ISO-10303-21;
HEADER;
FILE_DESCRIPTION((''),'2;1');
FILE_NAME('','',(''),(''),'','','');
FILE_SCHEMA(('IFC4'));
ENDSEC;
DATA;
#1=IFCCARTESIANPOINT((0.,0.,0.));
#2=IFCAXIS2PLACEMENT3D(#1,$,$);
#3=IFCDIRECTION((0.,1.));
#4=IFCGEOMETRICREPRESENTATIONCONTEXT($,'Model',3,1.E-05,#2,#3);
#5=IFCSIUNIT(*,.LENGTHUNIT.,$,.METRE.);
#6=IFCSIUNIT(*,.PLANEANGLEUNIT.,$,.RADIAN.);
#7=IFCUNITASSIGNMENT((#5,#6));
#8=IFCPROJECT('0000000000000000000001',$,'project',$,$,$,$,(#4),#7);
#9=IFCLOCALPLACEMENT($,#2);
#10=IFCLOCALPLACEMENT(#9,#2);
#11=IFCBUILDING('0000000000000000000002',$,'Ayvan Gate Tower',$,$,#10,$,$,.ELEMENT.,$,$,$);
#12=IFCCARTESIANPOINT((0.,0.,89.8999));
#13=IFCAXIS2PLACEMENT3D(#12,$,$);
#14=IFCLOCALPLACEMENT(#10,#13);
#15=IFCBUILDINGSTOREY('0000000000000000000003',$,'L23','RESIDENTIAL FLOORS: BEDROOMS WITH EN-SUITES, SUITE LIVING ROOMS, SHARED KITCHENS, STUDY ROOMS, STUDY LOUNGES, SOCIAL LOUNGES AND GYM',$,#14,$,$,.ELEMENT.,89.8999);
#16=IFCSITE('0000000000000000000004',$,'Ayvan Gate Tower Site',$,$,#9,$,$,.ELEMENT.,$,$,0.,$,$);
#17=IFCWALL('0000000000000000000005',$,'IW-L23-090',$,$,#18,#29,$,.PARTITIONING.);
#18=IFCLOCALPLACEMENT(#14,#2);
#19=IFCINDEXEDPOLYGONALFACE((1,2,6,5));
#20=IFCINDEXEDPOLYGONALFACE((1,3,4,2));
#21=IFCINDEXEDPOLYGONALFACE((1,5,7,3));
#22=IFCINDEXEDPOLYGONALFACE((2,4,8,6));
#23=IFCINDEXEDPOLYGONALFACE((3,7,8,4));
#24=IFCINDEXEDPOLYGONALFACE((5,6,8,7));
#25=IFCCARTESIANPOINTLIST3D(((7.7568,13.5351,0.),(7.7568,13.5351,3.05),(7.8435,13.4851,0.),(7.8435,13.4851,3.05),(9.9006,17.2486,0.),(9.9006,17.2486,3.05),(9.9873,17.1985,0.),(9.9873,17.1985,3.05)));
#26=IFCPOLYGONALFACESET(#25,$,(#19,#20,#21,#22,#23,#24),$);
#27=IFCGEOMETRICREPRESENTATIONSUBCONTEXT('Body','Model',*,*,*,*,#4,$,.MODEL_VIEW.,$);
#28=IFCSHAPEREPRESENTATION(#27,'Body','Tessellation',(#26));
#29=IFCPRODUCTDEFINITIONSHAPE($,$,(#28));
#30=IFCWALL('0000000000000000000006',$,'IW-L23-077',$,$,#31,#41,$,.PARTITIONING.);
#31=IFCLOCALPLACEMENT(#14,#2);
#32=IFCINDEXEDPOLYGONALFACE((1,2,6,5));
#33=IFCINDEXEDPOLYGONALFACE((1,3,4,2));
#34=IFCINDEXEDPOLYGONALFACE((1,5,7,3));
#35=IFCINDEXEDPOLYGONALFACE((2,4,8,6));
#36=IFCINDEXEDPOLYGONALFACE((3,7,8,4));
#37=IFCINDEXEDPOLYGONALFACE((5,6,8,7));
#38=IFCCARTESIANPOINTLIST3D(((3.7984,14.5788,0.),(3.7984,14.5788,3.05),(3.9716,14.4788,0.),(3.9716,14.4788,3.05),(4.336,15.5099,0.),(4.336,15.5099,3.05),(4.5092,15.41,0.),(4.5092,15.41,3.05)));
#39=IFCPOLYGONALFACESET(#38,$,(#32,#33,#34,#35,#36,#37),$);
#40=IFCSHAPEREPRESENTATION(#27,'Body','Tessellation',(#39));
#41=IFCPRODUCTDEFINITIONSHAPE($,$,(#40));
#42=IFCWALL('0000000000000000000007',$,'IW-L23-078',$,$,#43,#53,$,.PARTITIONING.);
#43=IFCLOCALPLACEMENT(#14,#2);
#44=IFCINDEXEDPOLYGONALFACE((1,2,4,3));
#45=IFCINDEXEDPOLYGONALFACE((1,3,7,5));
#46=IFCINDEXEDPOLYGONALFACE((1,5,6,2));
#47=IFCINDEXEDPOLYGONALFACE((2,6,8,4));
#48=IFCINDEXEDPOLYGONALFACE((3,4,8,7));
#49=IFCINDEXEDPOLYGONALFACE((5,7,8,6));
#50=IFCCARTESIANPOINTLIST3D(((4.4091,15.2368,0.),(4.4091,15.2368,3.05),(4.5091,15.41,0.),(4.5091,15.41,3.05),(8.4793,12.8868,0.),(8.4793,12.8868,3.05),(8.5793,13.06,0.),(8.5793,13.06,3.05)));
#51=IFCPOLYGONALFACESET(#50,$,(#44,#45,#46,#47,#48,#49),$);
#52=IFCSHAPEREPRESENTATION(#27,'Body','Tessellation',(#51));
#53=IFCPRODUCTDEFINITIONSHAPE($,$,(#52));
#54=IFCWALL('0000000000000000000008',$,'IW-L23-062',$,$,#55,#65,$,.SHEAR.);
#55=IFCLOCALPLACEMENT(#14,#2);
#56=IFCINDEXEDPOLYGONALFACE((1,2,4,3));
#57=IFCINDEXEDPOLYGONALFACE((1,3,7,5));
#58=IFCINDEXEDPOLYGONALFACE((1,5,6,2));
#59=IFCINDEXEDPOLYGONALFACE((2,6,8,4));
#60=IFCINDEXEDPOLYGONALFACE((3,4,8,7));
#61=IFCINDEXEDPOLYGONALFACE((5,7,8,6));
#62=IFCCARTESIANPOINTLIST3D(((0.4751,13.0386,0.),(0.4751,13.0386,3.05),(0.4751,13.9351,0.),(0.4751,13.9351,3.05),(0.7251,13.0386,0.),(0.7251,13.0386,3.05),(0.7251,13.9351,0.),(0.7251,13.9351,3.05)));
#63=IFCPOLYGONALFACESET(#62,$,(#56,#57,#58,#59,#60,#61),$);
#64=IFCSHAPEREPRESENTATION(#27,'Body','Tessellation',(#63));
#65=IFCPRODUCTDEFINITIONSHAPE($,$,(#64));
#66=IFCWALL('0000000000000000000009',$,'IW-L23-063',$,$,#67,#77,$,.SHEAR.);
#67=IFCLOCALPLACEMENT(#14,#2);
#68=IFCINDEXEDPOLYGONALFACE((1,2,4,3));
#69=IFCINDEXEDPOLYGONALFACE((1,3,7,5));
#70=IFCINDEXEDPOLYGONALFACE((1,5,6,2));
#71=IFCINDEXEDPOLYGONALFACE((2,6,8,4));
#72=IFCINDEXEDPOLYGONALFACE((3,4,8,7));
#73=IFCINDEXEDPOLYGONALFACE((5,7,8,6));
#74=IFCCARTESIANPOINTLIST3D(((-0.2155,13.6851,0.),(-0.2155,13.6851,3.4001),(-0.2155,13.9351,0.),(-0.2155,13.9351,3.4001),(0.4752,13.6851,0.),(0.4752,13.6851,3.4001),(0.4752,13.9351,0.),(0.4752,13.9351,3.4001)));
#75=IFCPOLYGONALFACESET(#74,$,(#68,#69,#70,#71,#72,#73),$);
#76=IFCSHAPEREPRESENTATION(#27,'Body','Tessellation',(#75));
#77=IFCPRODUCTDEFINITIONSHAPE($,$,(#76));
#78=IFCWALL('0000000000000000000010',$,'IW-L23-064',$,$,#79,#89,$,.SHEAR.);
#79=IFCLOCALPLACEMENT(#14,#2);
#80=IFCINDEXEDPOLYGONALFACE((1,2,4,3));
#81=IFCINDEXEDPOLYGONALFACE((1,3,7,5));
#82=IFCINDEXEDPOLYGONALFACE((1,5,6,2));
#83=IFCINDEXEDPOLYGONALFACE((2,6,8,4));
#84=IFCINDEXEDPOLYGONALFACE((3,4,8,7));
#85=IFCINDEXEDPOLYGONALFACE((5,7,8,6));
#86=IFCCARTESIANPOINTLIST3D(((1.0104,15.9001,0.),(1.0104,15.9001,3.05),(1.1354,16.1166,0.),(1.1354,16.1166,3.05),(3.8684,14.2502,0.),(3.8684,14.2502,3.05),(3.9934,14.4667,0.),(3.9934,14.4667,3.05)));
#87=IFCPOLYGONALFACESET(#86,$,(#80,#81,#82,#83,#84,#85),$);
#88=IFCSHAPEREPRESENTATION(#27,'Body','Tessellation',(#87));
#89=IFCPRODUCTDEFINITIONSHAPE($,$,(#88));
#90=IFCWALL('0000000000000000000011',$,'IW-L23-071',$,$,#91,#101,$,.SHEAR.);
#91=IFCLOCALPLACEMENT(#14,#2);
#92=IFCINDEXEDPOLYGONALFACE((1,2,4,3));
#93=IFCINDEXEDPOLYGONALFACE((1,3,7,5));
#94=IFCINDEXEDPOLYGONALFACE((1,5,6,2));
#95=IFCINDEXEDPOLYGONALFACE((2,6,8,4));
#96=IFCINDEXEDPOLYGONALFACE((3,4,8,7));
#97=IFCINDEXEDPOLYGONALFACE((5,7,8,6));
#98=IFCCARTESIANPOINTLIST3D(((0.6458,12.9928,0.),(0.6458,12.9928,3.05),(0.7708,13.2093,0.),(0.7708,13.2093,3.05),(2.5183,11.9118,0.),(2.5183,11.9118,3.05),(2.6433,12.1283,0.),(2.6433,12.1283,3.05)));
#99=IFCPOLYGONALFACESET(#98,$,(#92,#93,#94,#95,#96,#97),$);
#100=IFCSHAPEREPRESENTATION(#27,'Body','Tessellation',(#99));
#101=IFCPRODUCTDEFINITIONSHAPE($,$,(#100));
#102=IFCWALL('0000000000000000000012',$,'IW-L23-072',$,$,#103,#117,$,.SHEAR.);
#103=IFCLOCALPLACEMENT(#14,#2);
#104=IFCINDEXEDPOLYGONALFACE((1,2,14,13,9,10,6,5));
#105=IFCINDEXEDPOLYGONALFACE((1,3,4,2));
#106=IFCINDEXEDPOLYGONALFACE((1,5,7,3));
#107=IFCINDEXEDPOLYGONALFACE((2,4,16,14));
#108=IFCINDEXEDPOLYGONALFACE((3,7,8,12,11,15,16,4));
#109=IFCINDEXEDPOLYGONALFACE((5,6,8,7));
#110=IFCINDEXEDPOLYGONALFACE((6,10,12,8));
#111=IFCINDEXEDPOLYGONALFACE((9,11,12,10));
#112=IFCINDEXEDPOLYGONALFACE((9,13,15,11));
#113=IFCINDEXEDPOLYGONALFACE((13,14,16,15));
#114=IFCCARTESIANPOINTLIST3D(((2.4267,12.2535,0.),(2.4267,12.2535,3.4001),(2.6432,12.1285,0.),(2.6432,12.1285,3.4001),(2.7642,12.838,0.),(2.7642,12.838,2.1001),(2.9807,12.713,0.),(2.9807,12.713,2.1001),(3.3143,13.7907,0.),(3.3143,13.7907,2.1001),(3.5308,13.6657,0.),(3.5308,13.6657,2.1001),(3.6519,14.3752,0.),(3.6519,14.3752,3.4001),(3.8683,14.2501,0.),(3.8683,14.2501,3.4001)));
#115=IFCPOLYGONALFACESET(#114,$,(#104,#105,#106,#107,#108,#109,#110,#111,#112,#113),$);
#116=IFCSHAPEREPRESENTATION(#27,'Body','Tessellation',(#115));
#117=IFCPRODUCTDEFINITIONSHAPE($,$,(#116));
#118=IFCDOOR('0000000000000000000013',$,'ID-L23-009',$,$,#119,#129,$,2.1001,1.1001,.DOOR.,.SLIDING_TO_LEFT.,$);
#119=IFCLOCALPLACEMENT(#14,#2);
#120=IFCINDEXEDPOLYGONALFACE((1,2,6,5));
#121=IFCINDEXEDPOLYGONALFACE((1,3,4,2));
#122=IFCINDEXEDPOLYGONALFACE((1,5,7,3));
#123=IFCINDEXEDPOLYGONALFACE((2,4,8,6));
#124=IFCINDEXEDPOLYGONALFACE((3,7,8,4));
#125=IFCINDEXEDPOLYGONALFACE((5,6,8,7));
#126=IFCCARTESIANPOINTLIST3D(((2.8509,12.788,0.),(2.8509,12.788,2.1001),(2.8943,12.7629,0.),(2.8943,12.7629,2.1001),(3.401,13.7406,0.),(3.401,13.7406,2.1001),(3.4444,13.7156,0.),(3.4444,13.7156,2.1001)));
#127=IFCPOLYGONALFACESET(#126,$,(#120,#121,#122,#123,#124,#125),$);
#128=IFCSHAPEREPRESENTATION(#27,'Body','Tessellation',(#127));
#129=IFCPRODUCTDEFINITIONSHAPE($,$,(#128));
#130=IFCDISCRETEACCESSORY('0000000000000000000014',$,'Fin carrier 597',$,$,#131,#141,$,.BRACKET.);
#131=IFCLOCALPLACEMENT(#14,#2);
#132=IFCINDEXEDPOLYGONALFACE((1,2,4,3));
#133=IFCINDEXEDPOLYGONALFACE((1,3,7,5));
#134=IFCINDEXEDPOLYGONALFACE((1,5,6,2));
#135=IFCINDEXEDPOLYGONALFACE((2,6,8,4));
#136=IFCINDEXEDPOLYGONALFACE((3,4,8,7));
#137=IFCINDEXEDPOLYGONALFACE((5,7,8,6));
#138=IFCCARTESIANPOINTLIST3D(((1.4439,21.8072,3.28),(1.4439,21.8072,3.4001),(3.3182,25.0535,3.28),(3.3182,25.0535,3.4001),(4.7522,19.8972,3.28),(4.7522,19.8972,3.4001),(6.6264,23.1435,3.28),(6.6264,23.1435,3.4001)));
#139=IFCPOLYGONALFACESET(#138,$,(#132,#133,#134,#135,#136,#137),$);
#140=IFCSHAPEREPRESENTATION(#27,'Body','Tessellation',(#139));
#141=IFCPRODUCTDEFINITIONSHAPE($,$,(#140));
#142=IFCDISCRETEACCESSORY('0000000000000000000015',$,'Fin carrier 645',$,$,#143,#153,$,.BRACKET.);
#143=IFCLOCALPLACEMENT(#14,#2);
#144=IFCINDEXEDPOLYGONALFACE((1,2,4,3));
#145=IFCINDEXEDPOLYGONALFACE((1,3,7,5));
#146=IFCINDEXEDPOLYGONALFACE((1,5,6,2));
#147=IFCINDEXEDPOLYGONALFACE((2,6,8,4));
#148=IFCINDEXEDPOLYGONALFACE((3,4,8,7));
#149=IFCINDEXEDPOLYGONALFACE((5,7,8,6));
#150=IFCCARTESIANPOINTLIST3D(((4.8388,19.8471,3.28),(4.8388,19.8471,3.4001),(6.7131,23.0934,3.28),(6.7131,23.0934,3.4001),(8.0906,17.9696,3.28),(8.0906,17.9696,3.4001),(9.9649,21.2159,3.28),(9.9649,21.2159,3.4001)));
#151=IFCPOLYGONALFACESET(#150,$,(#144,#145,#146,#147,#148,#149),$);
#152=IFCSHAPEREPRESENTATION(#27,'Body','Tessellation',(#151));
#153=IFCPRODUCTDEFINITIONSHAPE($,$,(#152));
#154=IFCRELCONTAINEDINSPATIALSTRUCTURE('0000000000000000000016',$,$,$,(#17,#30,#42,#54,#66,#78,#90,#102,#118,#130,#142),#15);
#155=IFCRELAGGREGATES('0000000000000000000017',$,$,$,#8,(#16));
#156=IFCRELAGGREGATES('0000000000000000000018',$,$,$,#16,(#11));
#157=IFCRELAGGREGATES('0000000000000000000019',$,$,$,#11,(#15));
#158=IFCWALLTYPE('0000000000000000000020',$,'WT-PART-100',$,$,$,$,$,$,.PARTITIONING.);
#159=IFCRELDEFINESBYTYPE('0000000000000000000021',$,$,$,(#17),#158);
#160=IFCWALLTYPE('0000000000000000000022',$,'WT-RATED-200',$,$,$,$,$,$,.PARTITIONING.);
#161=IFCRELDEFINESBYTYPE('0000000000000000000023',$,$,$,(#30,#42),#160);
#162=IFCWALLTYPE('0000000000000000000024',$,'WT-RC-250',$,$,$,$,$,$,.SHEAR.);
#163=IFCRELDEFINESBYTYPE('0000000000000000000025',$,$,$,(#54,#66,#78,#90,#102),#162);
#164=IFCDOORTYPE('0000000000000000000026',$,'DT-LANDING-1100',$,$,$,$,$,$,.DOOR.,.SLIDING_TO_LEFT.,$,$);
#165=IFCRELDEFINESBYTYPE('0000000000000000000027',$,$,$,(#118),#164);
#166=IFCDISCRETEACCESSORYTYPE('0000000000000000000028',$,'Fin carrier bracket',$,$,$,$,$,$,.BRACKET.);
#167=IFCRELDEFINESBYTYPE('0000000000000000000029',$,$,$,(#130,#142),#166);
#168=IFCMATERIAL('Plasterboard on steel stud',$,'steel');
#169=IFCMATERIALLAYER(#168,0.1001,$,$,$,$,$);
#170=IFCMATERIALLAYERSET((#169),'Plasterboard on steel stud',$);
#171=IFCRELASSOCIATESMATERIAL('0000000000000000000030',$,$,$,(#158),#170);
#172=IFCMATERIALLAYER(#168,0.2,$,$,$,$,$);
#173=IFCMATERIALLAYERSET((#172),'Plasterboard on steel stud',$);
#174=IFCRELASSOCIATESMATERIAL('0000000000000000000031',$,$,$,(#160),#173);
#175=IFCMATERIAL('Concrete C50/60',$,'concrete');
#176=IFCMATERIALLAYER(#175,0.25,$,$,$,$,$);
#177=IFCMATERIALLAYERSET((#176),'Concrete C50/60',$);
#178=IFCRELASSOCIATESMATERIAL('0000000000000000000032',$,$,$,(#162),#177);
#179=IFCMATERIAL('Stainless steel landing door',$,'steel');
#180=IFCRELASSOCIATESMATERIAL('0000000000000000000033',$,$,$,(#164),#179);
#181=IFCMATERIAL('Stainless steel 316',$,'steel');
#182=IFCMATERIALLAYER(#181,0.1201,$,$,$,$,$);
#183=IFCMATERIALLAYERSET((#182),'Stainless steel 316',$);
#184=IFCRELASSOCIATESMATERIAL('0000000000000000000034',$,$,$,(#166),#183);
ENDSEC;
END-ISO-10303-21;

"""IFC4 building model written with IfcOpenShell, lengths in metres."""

from ifc_helpers import new_model, si_unit, direction, frame, frame_2d, origin, origin_2d, place, context, subcontext, project, spatial, rectangle, extrude, material, layer, layer_set, type_object, element, fill, save


model = new_model("IFC4")

# Units and contexts
model_context = context("Model", 3, precision=1e-05, world=origin(), true_north=direction((0.0, 1.0)))
body_context = subcontext(model_context, "Body", "Model", "MODEL_VIEW")
ifc_project = project(units=[si_unit("LENGTHUNIT", "METRE"), si_unit("PLANEANGLEUNIT", "RADIAN")], contexts=[model_context])

# Site, building, storey
site_placement = place(None, origin())
site = spatial("IfcSite", under=ifc_project, at=site_placement, Name="Ayvan Gate Tower Site", CompositionType="ELEMENT", RefElevation=0.0)
building_placement = place(site_placement, origin())
building = spatial("IfcBuilding", under=site, at=building_placement, Name="Ayvan Gate Tower", CompositionType="ELEMENT")
storey_placement = place(building_placement, frame((0.0, 0.0, 89.8999)))
storey = spatial("IfcBuildingStorey", under=building, at=storey_placement, Name="L23", Description="RESIDENTIAL FLOORS: BEDROOMS WITH EN-SUITES, SUITE LIVING ROOMS, SHARED KITCHENS, STUDY ROOMS, STUDY LOUNGES, SOCIAL LOUNGES AND GYM", CompositionType="ELEMENT", Elevation=89.8999)

# Walls
ifc_material_1 = material(Name="Plasterboard on steel stud", Category="steel")
ifc_layer_1 = layer(ifc_material_1, 0.1001)
ifc_layer_set_1 = layer_set([ifc_layer_1], Name="Plasterboard on steel stud")
wall_type_1 = type_object("IfcWallType", Name="WT-PART-100", PredefinedType="PARTITIONING", material=ifc_layer_set_1)
wall_1_placement = place(storey_placement, frame((7.8, 13.51, 0.0), z_axis=(0.0, 0.0, 1.0), x_axis=(0.499979, 0.866038, 0.0)))
element("IfcWall", 1, at=wall_1_placement, inside=storey, type_object=wall_type_1, Name="IW-L23-090", PredefinedType="PARTITIONING", context=body_context, shape_type="SweptSolid", body=[
    extrude(rectangle(XDim=4.2878, YDim=0.1001, at=frame_2d((2.144, 0.0))), origin(), (0.0, 0.0, 1.0), 3.05),
])
ifc_layer_2 = layer(ifc_material_1, 0.2)
ifc_layer_set_2 = layer_set([ifc_layer_2], Name="Plasterboard on steel stud")
wall_type_2 = type_object("IfcWallType", Name="WT-RATED-200", PredefinedType="PARTITIONING", material=ifc_layer_set_2)
wall_2_placement = place(storey_placement, frame((3.885, 14.5288, 0.0), z_axis=(0.0, 0.0, 1.0), x_axis=(0.499998, 0.866027, 0.0)))
element("IfcWall", 2, at=wall_2_placement, inside=storey, type_object=wall_type_2, Name="IW-L23-077", PredefinedType="PARTITIONING", context=body_context, shape_type="SweptSolid", body=[
    extrude(rectangle(XDim=1.0752, YDim=0.2, at=frame_2d((0.5376, 0.0))), origin(), (0.0, 0.0, 1.0), 3.05),
])
wall_3_placement = place(storey_placement, frame((4.459, 15.3235, 0.0), z_axis=(0.0, 0.0, 1.0), x_axis=(0.866016, -0.500016, 0.0)))
element("IfcWall", 3, at=wall_3_placement, inside=storey, type_object=wall_type_2, Name="IW-L23-078", PredefinedType="PARTITIONING", context=body_context, shape_type="SweptSolid", body=[
    extrude(rectangle(XDim=4.7, YDim=0.2, at=frame_2d((2.3501, 0.0))), origin(), (0.0, 0.0, 1.0), 3.05),
])
ifc_material_2 = material(Name="Concrete C50/60", Category="concrete")
ifc_layer_3 = layer(ifc_material_2, 0.25)
ifc_layer_set_3 = layer_set([ifc_layer_3], Name="Concrete C50/60")
wall_type_3 = type_object("IfcWallType", Name="WT-RC-250", PredefinedType="SHEAR", material=ifc_layer_set_3)
wall_4_placement = place(storey_placement, frame((0.6001, 13.0386, 0.0), z_axis=(0.0, 0.0, 1.0), x_axis=(0.0, 1.0, 0.0)))
element("IfcWall", 4, at=wall_4_placement, inside=storey, type_object=wall_type_3, Name="IW-L23-062", PredefinedType="SHEAR", context=body_context, shape_type="SweptSolid", body=[
    extrude(rectangle(XDim=0.8965, YDim=0.25, at=frame_2d((0.4482, 0.0))), origin(), (0.0, 0.0, 1.0), 3.05),
])
wall_5_placement = place(storey_placement, frame((0.4751, 13.8101, 0.0), z_axis=(0.0, 0.0, 1.0), x_axis=(-1.0, 0.0, 0.0)))
element("IfcWall", 5, at=wall_5_placement, inside=storey, type_object=wall_type_3, Name="IW-L23-063", PredefinedType="SHEAR", context=body_context, shape_type="SweptSolid", body=[
    extrude(rectangle(XDim=0.6907, YDim=0.25, at=frame_2d((0.3452, 0.0))), origin(), (0.0, 0.0, 1.0), 3.4001),
])
wall_6_placement = place(storey_placement, frame((1.073, 16.0083, 0.0), z_axis=(0.0, 0.0, 1.0), x_axis=(0.86604, -0.499974, 0.0)))
element("IfcWall", 6, at=wall_6_placement, inside=storey, type_object=wall_type_3, Name="IW-L23-064", PredefinedType="SHEAR", context=body_context, shape_type="SweptSolid", body=[
    extrude(rectangle(XDim=3.3, YDim=0.25, at=frame_2d((1.6499, 0.0))), origin(), (0.0, 0.0, 1.0), 3.05),
])
wall_7_placement = place(storey_placement, frame((2.5808, 12.02, 0.0), z_axis=(0.0, 0.0, 1.0), x_axis=(-0.866039, 0.499977, 0.0)))
element("IfcWall", 7, at=wall_7_placement, inside=storey, type_object=wall_type_3, Name="IW-L23-071", PredefinedType="SHEAR", context=body_context, shape_type="SweptSolid", body=[
    extrude(rectangle(XDim=2.1621, YDim=0.25, at=frame_2d((1.0811, 0.0))), origin(), (0.0, 0.0, 1.0), 3.05),
])

# Wall, opening, door
wall_8_placement = place(storey_placement, frame((2.5349, 12.1909, 0.0), z_axis=(0.0, 0.0, 1.0), x_axis=(0.500062, 0.86599, 0.0)))
wall_8 = element("IfcWall", 8, at=wall_8_placement, inside=storey, type_object=wall_type_3, Name="IW-L23-072", PredefinedType="SHEAR", context=body_context, shape_type="SweptSolid", body=[
    extrude(rectangle(XDim=2.45, YDim=0.25, at=frame_2d((1.2251, 0.0))), origin(), (0.0, 0.0, 1.0), 3.4001),
])
opening_placement = place(wall_8_placement, frame((0.675, 0.0, 0.0)))
opening = element("IfcOpeningElement", 9, at=opening_placement, cuts=wall_8, PredefinedType="OPENING", context=body_context, shape_type="SweptSolid", body=[
    extrude(rectangle(XDim=1.1001, YDim=2.1001, at=frame_2d((0.55, 1.05))), frame((0.0, 0.135, 0.0), z_axis=(0.0, -1.0, 0.0), x_axis=(1.0, 0.0, 0.0)), (0.0, 0.0, 1.0), 0.27),
])
ifc_material_3 = material(Name="Stainless steel landing door", Category="steel")
door_type = type_object("IfcDoorType", Name="DT-LANDING-1100", OperationType="SLIDING_TO_LEFT", PredefinedType="DOOR", material=ifc_material_3)
door_placement = place(opening_placement, origin())
door = element("IfcDoor", 10, at=door_placement, inside=storey, type_object=door_type, Name="ID-L23-009", OperationType="SLIDING_TO_LEFT", OverallHeight=2.1001, OverallWidth=1.1001, PredefinedType="DOOR", context=body_context, shape_type="SweptSolid", body=[
    extrude(rectangle(XDim=1.1001, YDim=2.1001, at=frame_2d((0.55, 1.05))), frame((0.0, 0.0249, 0.0), z_axis=(0.0, -1.0, 0.0), x_axis=(1.0, 0.0, 0.0)), (0.0, 0.0, 1.0), 0.05),
])
fill(opening, door)

# Discrete accessories
ifc_material_4 = material(Name="Stainless steel 316", Category="steel")
ifc_layer_4 = layer(ifc_material_4, 0.1201)
ifc_layer_set_4 = layer_set([ifc_layer_4], Name="Stainless steel 316")
discrete_accessory_type = type_object("IfcDiscreteAccessoryType", Name="Fin carrier bracket", PredefinedType="BRACKET", material=ifc_layer_set_4)
discrete_accessory_1_placement = place(storey_placement, frame((4.0352, 22.4753, 3.28), z_axis=(0.0, 0.0, 1.0), x_axis=(-0.866025, 0.5, 0.0)))
element("IfcDiscreteAccessory", 11, at=discrete_accessory_1_placement, inside=storey, type_object=discrete_accessory_type, Name="Fin carrier 597", PredefinedType="BRACKET", context=body_context, shape_type="SweptSolid", body=[
    extrude(rectangle(XDim=3.8201, YDim=3.7485, at=origin_2d()), origin(), (0.0, 0.0, 1.0), 0.1201),
])
discrete_accessory_2_placement = place(storey_placement, frame((7.4019, 20.5315, 3.28), z_axis=(0.0, 0.0, 1.0), x_axis=(-0.866025, 0.5, 0.0)))
element("IfcDiscreteAccessory", 12, at=discrete_accessory_2_placement, inside=storey, type_object=discrete_accessory_type, Name="Fin carrier 645", PredefinedType="BRACKET", context=body_context, shape_type="SweptSolid", body=[
    extrude(rectangle(XDim=3.7549, YDim=3.7485, at=origin_2d()), origin(), (0.0, 0.0, 1.0), 0.1201),
])

save(model, "model.ifc")
